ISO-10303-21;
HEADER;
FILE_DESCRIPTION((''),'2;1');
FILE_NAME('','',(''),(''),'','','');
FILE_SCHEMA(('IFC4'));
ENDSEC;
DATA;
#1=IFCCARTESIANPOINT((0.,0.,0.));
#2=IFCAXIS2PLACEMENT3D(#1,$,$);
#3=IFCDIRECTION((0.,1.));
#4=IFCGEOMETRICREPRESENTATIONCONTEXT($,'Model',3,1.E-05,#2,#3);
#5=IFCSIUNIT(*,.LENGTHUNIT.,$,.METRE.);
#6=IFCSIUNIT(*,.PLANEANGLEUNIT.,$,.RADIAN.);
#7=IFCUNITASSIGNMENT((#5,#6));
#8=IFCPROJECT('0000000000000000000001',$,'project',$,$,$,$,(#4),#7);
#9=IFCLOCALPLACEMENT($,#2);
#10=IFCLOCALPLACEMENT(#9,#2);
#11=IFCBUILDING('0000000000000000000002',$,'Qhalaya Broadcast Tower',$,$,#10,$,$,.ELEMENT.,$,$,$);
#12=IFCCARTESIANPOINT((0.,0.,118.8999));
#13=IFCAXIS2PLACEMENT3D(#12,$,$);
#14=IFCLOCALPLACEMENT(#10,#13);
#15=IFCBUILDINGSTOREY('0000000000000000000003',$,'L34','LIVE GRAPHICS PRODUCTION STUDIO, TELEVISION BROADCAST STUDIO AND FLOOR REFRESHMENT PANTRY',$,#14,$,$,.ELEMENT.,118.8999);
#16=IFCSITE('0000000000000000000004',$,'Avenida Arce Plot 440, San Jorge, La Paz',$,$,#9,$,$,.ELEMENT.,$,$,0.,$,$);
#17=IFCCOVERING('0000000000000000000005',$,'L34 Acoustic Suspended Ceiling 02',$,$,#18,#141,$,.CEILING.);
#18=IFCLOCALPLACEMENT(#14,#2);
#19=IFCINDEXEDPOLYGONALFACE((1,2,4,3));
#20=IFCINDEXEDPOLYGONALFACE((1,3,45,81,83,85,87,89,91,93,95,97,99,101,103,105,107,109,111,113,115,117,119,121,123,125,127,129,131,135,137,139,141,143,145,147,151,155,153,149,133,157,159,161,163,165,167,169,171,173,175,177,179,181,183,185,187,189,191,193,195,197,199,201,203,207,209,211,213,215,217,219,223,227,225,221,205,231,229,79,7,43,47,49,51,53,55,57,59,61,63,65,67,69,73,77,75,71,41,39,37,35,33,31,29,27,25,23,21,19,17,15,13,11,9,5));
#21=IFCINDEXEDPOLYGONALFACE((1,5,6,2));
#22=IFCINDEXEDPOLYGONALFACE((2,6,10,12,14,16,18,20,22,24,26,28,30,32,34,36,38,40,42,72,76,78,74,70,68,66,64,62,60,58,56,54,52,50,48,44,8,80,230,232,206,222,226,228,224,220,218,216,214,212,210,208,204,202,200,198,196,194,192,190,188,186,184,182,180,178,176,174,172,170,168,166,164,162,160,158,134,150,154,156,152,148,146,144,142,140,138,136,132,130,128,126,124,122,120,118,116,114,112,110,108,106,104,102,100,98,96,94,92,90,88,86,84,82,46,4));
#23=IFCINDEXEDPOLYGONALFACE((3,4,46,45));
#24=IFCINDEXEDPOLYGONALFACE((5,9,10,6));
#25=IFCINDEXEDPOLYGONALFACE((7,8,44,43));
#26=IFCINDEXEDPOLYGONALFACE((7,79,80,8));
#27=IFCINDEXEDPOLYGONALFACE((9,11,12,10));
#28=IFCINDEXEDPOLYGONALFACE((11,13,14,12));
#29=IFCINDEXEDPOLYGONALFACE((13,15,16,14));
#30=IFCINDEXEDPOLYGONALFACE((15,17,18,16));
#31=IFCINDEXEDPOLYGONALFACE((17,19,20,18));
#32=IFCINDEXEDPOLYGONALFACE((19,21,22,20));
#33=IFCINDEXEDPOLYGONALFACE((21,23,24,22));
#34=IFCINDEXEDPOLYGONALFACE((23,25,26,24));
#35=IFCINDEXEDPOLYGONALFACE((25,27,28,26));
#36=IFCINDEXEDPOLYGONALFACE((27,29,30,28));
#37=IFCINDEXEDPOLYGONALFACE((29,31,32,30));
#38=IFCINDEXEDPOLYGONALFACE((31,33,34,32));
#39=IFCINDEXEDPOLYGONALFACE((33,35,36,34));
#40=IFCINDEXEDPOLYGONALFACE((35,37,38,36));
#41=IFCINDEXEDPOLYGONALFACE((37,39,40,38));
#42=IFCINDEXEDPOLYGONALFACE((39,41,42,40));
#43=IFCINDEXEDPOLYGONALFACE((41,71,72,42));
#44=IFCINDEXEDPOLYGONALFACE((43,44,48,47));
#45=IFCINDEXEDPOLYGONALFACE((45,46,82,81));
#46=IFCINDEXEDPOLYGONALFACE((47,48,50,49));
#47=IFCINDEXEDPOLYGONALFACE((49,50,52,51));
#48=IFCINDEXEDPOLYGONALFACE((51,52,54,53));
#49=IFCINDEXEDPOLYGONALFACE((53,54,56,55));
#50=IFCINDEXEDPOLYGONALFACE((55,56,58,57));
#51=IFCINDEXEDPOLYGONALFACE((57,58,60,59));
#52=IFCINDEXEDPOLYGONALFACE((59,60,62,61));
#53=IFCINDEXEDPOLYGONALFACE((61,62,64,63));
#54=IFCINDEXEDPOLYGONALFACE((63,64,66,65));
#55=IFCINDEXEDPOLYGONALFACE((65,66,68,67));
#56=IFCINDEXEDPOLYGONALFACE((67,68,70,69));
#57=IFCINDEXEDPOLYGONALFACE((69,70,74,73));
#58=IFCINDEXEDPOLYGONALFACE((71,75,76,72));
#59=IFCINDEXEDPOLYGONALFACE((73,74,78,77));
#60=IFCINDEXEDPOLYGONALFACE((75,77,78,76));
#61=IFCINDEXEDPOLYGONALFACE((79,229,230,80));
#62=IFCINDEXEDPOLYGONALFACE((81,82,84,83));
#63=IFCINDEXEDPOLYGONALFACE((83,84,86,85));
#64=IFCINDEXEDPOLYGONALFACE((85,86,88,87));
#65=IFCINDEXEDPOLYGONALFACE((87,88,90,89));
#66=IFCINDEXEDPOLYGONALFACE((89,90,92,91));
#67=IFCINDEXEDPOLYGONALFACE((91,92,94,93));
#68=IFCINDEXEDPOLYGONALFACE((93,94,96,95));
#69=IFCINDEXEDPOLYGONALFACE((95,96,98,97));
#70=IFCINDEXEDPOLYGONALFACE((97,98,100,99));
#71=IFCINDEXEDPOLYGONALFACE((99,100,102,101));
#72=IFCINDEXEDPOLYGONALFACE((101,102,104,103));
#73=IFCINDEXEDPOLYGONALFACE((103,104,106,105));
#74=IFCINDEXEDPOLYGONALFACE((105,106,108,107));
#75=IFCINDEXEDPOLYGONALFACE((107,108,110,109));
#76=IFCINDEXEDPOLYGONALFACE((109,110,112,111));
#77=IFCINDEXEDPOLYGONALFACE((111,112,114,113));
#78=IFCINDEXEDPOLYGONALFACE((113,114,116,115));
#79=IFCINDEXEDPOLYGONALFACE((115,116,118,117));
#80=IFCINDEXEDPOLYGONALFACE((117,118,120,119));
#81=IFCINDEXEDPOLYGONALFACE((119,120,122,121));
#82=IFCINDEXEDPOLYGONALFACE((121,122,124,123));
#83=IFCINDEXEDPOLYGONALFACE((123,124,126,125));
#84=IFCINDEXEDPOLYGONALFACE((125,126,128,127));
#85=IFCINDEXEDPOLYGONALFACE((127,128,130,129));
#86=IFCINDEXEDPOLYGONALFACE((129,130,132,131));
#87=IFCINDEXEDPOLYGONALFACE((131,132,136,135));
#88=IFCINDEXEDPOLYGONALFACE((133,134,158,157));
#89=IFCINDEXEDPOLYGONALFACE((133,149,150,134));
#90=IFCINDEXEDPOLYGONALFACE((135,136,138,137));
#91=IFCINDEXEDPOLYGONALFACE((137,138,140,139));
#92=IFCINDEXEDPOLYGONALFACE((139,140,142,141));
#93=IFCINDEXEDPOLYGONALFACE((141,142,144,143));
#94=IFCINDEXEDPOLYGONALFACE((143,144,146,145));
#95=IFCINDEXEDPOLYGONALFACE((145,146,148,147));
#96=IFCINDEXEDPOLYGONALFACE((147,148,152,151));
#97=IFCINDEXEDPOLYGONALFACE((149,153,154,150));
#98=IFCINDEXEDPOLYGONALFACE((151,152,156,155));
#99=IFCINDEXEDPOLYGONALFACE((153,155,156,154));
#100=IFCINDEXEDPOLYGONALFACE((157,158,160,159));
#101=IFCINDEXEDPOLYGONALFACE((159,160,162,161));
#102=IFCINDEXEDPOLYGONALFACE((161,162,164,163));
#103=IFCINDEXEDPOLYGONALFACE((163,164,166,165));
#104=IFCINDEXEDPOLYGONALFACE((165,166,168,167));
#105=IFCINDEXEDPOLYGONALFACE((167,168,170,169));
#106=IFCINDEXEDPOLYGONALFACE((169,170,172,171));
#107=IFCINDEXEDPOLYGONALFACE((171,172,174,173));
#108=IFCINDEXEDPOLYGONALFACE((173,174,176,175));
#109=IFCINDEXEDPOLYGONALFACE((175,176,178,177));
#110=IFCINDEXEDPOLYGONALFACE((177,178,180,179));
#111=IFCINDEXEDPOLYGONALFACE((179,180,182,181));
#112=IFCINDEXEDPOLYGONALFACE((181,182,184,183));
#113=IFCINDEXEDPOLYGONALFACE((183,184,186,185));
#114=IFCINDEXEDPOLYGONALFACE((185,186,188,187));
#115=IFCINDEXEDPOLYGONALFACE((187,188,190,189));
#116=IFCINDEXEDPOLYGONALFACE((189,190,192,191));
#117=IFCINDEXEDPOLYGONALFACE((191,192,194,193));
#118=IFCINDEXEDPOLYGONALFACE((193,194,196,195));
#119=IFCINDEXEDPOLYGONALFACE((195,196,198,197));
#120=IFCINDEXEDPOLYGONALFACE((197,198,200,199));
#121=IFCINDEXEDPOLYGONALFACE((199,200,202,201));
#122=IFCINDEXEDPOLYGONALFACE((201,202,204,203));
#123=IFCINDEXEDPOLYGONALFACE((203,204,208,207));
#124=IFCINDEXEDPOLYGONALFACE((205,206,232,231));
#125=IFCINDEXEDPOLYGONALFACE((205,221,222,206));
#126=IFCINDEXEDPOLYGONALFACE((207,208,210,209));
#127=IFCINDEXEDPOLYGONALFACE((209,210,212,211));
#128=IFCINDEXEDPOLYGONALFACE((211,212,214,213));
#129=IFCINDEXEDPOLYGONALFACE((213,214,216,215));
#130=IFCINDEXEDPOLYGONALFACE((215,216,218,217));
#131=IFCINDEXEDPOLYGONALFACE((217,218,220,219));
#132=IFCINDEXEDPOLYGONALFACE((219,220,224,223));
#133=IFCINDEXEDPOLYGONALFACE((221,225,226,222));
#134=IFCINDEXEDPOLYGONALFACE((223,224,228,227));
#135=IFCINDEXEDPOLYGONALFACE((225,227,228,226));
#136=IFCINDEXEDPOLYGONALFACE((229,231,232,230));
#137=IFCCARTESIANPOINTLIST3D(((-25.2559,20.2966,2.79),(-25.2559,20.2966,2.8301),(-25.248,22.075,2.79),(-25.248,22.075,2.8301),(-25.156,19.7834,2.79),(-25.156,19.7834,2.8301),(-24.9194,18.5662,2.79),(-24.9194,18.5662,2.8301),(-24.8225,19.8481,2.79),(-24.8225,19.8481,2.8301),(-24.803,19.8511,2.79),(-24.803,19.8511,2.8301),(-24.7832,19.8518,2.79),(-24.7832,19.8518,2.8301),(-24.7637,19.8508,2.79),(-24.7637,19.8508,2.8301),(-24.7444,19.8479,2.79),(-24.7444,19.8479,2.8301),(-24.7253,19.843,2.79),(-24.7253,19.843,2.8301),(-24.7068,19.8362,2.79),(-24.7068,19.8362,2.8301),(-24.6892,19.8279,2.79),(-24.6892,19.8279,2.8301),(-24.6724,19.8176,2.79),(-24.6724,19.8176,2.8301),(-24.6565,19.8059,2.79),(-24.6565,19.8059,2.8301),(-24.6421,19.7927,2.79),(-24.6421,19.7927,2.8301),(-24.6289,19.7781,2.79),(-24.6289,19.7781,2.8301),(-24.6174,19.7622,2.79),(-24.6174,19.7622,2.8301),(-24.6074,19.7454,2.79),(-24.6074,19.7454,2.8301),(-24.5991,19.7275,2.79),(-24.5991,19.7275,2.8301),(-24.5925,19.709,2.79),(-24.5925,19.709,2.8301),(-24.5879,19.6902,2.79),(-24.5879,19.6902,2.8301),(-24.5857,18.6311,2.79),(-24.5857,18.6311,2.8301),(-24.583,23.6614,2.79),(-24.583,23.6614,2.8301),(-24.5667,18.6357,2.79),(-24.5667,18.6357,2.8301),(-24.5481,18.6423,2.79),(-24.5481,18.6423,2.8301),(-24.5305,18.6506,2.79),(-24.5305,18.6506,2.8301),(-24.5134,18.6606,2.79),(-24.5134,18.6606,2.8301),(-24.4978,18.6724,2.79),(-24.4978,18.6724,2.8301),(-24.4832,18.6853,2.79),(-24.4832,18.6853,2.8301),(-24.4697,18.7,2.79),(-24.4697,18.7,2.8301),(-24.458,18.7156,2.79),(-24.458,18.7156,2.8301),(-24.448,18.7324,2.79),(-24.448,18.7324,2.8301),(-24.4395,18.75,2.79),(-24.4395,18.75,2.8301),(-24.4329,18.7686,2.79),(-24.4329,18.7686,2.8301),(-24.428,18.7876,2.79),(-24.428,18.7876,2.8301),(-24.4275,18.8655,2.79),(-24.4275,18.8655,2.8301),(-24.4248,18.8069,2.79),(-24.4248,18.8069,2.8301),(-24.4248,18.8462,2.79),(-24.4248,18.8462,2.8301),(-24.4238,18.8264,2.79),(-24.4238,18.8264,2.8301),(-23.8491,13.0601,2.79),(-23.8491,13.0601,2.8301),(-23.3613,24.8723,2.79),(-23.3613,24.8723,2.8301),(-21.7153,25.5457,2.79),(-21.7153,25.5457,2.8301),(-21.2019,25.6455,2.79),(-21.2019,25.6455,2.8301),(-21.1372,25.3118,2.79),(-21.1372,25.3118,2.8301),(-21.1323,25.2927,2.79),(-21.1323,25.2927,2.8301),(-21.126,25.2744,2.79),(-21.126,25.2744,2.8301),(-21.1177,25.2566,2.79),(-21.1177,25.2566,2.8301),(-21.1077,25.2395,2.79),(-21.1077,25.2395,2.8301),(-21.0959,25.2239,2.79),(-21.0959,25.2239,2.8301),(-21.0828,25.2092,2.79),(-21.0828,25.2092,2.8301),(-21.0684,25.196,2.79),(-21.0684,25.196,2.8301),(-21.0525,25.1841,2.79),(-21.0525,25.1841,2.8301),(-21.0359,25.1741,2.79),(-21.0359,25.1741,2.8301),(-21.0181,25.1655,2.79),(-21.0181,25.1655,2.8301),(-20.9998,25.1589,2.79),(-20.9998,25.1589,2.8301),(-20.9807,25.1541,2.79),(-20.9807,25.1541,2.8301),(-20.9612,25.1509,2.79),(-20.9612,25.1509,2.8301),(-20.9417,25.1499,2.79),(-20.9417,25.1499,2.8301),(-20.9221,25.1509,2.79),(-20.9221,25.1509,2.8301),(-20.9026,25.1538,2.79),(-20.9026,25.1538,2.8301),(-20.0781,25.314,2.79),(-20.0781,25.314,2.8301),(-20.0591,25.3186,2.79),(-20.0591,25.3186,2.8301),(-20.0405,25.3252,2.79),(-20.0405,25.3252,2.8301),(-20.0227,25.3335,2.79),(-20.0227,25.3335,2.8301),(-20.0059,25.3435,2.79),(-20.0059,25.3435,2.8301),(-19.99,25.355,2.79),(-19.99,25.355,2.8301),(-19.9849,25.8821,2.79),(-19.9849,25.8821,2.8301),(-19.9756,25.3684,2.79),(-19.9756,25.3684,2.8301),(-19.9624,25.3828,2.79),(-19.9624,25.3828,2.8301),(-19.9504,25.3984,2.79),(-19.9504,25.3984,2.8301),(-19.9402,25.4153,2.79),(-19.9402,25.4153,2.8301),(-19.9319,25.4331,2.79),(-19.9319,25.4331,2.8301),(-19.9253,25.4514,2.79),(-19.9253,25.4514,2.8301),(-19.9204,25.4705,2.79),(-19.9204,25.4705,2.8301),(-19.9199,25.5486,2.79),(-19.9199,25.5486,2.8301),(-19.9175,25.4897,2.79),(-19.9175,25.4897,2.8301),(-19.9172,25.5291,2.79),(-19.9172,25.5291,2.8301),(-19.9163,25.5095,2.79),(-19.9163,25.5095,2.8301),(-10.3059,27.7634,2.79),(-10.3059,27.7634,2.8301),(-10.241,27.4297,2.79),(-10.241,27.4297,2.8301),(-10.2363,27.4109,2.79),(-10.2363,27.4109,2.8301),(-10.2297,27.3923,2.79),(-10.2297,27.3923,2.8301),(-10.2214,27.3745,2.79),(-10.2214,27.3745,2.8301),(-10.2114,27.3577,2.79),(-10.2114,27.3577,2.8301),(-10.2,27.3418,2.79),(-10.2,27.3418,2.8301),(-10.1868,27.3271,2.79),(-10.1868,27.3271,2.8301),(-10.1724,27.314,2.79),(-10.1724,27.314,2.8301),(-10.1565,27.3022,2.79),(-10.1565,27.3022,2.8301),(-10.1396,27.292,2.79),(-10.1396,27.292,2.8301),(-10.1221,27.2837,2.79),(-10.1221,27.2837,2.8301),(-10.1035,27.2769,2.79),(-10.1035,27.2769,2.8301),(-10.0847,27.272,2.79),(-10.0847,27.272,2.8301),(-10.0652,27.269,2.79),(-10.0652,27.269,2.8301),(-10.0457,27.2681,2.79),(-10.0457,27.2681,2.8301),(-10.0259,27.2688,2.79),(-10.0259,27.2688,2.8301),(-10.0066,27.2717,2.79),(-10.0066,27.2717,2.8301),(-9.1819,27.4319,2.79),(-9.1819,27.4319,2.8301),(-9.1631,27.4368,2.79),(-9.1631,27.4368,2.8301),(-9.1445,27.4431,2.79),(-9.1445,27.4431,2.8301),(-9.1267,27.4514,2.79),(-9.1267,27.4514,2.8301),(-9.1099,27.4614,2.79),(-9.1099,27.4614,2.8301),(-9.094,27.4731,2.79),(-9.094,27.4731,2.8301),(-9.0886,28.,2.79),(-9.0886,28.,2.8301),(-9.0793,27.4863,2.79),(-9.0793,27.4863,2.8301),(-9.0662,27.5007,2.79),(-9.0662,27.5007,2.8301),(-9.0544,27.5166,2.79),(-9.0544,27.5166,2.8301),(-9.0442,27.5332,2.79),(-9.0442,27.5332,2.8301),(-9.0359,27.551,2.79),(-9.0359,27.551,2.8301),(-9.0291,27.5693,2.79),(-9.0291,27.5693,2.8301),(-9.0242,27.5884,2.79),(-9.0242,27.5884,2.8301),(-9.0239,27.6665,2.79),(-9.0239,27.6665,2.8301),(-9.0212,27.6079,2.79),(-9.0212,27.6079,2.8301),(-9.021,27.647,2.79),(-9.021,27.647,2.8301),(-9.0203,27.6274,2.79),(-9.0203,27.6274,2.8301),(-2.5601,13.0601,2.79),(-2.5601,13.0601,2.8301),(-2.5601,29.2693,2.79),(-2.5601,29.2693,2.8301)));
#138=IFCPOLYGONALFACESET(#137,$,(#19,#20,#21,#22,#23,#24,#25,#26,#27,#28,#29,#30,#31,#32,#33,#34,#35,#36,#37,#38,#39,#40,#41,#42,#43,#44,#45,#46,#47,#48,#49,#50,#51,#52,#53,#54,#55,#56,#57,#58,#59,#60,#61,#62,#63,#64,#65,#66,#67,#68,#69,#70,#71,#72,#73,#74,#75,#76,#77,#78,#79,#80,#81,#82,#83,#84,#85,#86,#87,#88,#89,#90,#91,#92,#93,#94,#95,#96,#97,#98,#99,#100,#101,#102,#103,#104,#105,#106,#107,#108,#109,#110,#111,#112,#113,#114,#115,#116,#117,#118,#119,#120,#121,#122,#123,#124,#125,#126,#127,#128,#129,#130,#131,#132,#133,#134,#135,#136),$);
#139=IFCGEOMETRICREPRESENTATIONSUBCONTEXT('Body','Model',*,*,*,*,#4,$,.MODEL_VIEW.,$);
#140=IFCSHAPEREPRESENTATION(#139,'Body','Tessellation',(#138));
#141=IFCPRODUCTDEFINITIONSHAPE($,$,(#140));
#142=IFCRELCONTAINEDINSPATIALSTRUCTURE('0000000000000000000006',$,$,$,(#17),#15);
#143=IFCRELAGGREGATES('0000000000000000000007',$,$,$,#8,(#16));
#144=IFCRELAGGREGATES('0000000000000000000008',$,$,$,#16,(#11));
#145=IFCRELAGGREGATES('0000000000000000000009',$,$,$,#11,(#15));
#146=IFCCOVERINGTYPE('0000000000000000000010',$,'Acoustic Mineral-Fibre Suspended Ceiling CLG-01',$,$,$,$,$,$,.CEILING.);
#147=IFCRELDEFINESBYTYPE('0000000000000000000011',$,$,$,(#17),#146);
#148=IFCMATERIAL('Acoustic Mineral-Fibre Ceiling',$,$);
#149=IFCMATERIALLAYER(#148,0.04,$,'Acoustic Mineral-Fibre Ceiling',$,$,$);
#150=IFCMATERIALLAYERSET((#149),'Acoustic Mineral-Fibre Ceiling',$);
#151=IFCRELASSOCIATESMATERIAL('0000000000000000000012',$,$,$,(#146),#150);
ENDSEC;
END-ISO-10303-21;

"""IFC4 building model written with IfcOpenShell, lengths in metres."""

from ifc_helpers import new_model, si_unit, direction, frame, origin, place, context, subcontext, project, spatial, polyline, outline, extrude, material, layer, layer_set, type_object, element, save


model = new_model("IFC4")

# Units and contexts
model_context = context("Model", 3, precision=1e-05, world=origin(), true_north=direction((0.0, 1.0)))
body_context = subcontext(model_context, "Body", "Model", "MODEL_VIEW")
ifc_project = project(units=[si_unit("LENGTHUNIT", "METRE"), si_unit("PLANEANGLEUNIT", "RADIAN")], contexts=[model_context])

# Site, building, storey
site_placement = place(None, origin())
site = spatial("IfcSite", under=ifc_project, at=site_placement, Name="Avenida Arce Plot 440, San Jorge, La Paz", CompositionType="ELEMENT", RefElevation=0.0)
building_placement = place(site_placement, origin())
building = spatial("IfcBuilding", under=site, at=building_placement, Name="Qhalaya Broadcast Tower", CompositionType="ELEMENT")
storey_placement = place(building_placement, frame((0.0, 0.0, 118.8999)))
storey = spatial("IfcBuildingStorey", under=building, at=storey_placement, Name="L34", Description="LIVE GRAPHICS PRODUCTION STUDIO, TELEVISION BROADCAST STUDIO AND FLOOR REFRESHMENT PANTRY", CompositionType="ELEMENT", Elevation=118.8999)

# Covering
ifc_material_1 = material(Name="Acoustic Mineral-Fibre Ceiling")
ifc_layer_1 = layer(ifc_material_1, 0.04, Name="Acoustic Mineral-Fibre Ceiling")
ifc_layer_set_1 = layer_set([ifc_layer_1], Name="Acoustic Mineral-Fibre Ceiling")
covering_type = type_object("IfcCoveringType", Name="Acoustic Mineral-Fibre Suspended Ceiling CLG-01", PredefinedType="CEILING", material=ifc_layer_set_1)
covering_1_placement = place(storey_placement, frame((0.0, 0.0, 2.79)))
element("IfcCovering", 1, at=covering_1_placement, inside=storey, type_object=covering_type, Name="L34 Acoustic Suspended Ceiling 02", PredefinedType="CEILING", context=body_context, shape_type="SweptSolid", body=[
    extrude(outline(polyline([(-24.9194, 18.5662), (-23.8491, 13.0601), (-2.5601, 13.0601), (-2.5601, 29.2693), (-9.0886, 28.0), (-9.0239, 27.6665), (-9.021, 27.647), (-9.0203, 27.6274), (-9.0212, 27.6079), (-9.0242, 27.5884), (-9.0291, 27.5693), (-9.0359, 27.551), (-9.0442, 27.5332), (-9.0544, 27.5166), (-9.0662, 27.5007), (-9.0793, 27.4863), (-9.094, 27.4731), (-9.1099, 27.4614), (-9.1267, 27.4514), (-9.1445, 27.4431), (-9.1631, 27.4368), (-9.1819, 27.4319), (-10.0066, 27.2717), (-10.0259, 27.2688), (-10.0457, 27.2681), (-10.0652, 27.269), (-10.0847, 27.272), (-10.1035, 27.2769), (-10.1221, 27.2837), (-10.1396, 27.292), (-10.1565, 27.3022), (-10.1724, 27.314), (-10.1868, 27.3271), (-10.2, 27.3418), (-10.2114, 27.3577), (-10.2214, 27.3745), (-10.2297, 27.3923), (-10.2363, 27.4109), (-10.241, 27.4297), (-10.3059, 27.7634), (-19.9849, 25.8821), (-19.9199, 25.5486), (-19.9172, 25.5291), (-19.9163, 25.5095), (-19.9175, 25.4897), (-19.9204, 25.4705), (-19.9253, 25.4514), (-19.9319, 25.4331), (-19.9402, 25.4153), (-19.9504, 25.3984), (-19.9624, 25.3828), (-19.9756, 25.3684), (-19.99, 25.355), (-20.0059, 25.3435), (-20.0227, 25.3335), (-20.0405, 25.3252), (-20.0591, 25.3186), (-20.0781, 25.314), (-20.9026, 25.1538), (-20.9221, 25.1509), (-20.9417, 25.1499), (-20.9612, 25.1509), (-20.9807, 25.1541), (-20.9998, 25.1589), (-21.0181, 25.1655), (-21.0359, 25.1741), (-21.0525, 25.1841), (-21.0684, 25.196), (-21.0828, 25.2092), (-21.0959, 25.2239), (-21.1077, 25.2395), (-21.1177, 25.2566), (-21.126, 25.2744), (-21.1323, 25.2927), (-21.1372, 25.3118), (-21.2019, 25.6455), (-21.7153, 25.5457), (-23.3613, 24.8723), (-24.583, 23.6614), (-25.248, 22.075), (-25.2559, 20.2966), (-25.156, 19.7834), (-24.8225, 19.8481), (-24.803, 19.8511), (-24.7832, 19.8518), (-24.7637, 19.8508), (-24.7444, 19.8479), (-24.7253, 19.843), (-24.7068, 19.8362), (-24.6892, 19.8279), (-24.6724, 19.8176), (-24.6565, 19.8059), (-24.6421, 19.7927), (-24.6289, 19.7781), (-24.6174, 19.7622), (-24.6074, 19.7454), (-24.5991, 19.7275), (-24.5925, 19.709), (-24.5879, 19.6902), (-24.4275, 18.8655), (-24.4248, 18.8462), (-24.4238, 18.8264), (-24.4248, 18.8069), (-24.428, 18.7876), (-24.4329, 18.7686), (-24.4395, 18.75), (-24.448, 18.7324), (-24.458, 18.7156), (-24.4697, 18.7), (-24.4832, 18.6853), (-24.4978, 18.6724), (-24.5134, 18.6606), (-24.5305, 18.6506), (-24.5481, 18.6423), (-24.5667, 18.6357), (-24.5857, 18.6311), (-24.9194, 18.5662)])), origin(), (0.0, 0.0, 1.0), 0.04),
])

save(model, "model.ifc")
